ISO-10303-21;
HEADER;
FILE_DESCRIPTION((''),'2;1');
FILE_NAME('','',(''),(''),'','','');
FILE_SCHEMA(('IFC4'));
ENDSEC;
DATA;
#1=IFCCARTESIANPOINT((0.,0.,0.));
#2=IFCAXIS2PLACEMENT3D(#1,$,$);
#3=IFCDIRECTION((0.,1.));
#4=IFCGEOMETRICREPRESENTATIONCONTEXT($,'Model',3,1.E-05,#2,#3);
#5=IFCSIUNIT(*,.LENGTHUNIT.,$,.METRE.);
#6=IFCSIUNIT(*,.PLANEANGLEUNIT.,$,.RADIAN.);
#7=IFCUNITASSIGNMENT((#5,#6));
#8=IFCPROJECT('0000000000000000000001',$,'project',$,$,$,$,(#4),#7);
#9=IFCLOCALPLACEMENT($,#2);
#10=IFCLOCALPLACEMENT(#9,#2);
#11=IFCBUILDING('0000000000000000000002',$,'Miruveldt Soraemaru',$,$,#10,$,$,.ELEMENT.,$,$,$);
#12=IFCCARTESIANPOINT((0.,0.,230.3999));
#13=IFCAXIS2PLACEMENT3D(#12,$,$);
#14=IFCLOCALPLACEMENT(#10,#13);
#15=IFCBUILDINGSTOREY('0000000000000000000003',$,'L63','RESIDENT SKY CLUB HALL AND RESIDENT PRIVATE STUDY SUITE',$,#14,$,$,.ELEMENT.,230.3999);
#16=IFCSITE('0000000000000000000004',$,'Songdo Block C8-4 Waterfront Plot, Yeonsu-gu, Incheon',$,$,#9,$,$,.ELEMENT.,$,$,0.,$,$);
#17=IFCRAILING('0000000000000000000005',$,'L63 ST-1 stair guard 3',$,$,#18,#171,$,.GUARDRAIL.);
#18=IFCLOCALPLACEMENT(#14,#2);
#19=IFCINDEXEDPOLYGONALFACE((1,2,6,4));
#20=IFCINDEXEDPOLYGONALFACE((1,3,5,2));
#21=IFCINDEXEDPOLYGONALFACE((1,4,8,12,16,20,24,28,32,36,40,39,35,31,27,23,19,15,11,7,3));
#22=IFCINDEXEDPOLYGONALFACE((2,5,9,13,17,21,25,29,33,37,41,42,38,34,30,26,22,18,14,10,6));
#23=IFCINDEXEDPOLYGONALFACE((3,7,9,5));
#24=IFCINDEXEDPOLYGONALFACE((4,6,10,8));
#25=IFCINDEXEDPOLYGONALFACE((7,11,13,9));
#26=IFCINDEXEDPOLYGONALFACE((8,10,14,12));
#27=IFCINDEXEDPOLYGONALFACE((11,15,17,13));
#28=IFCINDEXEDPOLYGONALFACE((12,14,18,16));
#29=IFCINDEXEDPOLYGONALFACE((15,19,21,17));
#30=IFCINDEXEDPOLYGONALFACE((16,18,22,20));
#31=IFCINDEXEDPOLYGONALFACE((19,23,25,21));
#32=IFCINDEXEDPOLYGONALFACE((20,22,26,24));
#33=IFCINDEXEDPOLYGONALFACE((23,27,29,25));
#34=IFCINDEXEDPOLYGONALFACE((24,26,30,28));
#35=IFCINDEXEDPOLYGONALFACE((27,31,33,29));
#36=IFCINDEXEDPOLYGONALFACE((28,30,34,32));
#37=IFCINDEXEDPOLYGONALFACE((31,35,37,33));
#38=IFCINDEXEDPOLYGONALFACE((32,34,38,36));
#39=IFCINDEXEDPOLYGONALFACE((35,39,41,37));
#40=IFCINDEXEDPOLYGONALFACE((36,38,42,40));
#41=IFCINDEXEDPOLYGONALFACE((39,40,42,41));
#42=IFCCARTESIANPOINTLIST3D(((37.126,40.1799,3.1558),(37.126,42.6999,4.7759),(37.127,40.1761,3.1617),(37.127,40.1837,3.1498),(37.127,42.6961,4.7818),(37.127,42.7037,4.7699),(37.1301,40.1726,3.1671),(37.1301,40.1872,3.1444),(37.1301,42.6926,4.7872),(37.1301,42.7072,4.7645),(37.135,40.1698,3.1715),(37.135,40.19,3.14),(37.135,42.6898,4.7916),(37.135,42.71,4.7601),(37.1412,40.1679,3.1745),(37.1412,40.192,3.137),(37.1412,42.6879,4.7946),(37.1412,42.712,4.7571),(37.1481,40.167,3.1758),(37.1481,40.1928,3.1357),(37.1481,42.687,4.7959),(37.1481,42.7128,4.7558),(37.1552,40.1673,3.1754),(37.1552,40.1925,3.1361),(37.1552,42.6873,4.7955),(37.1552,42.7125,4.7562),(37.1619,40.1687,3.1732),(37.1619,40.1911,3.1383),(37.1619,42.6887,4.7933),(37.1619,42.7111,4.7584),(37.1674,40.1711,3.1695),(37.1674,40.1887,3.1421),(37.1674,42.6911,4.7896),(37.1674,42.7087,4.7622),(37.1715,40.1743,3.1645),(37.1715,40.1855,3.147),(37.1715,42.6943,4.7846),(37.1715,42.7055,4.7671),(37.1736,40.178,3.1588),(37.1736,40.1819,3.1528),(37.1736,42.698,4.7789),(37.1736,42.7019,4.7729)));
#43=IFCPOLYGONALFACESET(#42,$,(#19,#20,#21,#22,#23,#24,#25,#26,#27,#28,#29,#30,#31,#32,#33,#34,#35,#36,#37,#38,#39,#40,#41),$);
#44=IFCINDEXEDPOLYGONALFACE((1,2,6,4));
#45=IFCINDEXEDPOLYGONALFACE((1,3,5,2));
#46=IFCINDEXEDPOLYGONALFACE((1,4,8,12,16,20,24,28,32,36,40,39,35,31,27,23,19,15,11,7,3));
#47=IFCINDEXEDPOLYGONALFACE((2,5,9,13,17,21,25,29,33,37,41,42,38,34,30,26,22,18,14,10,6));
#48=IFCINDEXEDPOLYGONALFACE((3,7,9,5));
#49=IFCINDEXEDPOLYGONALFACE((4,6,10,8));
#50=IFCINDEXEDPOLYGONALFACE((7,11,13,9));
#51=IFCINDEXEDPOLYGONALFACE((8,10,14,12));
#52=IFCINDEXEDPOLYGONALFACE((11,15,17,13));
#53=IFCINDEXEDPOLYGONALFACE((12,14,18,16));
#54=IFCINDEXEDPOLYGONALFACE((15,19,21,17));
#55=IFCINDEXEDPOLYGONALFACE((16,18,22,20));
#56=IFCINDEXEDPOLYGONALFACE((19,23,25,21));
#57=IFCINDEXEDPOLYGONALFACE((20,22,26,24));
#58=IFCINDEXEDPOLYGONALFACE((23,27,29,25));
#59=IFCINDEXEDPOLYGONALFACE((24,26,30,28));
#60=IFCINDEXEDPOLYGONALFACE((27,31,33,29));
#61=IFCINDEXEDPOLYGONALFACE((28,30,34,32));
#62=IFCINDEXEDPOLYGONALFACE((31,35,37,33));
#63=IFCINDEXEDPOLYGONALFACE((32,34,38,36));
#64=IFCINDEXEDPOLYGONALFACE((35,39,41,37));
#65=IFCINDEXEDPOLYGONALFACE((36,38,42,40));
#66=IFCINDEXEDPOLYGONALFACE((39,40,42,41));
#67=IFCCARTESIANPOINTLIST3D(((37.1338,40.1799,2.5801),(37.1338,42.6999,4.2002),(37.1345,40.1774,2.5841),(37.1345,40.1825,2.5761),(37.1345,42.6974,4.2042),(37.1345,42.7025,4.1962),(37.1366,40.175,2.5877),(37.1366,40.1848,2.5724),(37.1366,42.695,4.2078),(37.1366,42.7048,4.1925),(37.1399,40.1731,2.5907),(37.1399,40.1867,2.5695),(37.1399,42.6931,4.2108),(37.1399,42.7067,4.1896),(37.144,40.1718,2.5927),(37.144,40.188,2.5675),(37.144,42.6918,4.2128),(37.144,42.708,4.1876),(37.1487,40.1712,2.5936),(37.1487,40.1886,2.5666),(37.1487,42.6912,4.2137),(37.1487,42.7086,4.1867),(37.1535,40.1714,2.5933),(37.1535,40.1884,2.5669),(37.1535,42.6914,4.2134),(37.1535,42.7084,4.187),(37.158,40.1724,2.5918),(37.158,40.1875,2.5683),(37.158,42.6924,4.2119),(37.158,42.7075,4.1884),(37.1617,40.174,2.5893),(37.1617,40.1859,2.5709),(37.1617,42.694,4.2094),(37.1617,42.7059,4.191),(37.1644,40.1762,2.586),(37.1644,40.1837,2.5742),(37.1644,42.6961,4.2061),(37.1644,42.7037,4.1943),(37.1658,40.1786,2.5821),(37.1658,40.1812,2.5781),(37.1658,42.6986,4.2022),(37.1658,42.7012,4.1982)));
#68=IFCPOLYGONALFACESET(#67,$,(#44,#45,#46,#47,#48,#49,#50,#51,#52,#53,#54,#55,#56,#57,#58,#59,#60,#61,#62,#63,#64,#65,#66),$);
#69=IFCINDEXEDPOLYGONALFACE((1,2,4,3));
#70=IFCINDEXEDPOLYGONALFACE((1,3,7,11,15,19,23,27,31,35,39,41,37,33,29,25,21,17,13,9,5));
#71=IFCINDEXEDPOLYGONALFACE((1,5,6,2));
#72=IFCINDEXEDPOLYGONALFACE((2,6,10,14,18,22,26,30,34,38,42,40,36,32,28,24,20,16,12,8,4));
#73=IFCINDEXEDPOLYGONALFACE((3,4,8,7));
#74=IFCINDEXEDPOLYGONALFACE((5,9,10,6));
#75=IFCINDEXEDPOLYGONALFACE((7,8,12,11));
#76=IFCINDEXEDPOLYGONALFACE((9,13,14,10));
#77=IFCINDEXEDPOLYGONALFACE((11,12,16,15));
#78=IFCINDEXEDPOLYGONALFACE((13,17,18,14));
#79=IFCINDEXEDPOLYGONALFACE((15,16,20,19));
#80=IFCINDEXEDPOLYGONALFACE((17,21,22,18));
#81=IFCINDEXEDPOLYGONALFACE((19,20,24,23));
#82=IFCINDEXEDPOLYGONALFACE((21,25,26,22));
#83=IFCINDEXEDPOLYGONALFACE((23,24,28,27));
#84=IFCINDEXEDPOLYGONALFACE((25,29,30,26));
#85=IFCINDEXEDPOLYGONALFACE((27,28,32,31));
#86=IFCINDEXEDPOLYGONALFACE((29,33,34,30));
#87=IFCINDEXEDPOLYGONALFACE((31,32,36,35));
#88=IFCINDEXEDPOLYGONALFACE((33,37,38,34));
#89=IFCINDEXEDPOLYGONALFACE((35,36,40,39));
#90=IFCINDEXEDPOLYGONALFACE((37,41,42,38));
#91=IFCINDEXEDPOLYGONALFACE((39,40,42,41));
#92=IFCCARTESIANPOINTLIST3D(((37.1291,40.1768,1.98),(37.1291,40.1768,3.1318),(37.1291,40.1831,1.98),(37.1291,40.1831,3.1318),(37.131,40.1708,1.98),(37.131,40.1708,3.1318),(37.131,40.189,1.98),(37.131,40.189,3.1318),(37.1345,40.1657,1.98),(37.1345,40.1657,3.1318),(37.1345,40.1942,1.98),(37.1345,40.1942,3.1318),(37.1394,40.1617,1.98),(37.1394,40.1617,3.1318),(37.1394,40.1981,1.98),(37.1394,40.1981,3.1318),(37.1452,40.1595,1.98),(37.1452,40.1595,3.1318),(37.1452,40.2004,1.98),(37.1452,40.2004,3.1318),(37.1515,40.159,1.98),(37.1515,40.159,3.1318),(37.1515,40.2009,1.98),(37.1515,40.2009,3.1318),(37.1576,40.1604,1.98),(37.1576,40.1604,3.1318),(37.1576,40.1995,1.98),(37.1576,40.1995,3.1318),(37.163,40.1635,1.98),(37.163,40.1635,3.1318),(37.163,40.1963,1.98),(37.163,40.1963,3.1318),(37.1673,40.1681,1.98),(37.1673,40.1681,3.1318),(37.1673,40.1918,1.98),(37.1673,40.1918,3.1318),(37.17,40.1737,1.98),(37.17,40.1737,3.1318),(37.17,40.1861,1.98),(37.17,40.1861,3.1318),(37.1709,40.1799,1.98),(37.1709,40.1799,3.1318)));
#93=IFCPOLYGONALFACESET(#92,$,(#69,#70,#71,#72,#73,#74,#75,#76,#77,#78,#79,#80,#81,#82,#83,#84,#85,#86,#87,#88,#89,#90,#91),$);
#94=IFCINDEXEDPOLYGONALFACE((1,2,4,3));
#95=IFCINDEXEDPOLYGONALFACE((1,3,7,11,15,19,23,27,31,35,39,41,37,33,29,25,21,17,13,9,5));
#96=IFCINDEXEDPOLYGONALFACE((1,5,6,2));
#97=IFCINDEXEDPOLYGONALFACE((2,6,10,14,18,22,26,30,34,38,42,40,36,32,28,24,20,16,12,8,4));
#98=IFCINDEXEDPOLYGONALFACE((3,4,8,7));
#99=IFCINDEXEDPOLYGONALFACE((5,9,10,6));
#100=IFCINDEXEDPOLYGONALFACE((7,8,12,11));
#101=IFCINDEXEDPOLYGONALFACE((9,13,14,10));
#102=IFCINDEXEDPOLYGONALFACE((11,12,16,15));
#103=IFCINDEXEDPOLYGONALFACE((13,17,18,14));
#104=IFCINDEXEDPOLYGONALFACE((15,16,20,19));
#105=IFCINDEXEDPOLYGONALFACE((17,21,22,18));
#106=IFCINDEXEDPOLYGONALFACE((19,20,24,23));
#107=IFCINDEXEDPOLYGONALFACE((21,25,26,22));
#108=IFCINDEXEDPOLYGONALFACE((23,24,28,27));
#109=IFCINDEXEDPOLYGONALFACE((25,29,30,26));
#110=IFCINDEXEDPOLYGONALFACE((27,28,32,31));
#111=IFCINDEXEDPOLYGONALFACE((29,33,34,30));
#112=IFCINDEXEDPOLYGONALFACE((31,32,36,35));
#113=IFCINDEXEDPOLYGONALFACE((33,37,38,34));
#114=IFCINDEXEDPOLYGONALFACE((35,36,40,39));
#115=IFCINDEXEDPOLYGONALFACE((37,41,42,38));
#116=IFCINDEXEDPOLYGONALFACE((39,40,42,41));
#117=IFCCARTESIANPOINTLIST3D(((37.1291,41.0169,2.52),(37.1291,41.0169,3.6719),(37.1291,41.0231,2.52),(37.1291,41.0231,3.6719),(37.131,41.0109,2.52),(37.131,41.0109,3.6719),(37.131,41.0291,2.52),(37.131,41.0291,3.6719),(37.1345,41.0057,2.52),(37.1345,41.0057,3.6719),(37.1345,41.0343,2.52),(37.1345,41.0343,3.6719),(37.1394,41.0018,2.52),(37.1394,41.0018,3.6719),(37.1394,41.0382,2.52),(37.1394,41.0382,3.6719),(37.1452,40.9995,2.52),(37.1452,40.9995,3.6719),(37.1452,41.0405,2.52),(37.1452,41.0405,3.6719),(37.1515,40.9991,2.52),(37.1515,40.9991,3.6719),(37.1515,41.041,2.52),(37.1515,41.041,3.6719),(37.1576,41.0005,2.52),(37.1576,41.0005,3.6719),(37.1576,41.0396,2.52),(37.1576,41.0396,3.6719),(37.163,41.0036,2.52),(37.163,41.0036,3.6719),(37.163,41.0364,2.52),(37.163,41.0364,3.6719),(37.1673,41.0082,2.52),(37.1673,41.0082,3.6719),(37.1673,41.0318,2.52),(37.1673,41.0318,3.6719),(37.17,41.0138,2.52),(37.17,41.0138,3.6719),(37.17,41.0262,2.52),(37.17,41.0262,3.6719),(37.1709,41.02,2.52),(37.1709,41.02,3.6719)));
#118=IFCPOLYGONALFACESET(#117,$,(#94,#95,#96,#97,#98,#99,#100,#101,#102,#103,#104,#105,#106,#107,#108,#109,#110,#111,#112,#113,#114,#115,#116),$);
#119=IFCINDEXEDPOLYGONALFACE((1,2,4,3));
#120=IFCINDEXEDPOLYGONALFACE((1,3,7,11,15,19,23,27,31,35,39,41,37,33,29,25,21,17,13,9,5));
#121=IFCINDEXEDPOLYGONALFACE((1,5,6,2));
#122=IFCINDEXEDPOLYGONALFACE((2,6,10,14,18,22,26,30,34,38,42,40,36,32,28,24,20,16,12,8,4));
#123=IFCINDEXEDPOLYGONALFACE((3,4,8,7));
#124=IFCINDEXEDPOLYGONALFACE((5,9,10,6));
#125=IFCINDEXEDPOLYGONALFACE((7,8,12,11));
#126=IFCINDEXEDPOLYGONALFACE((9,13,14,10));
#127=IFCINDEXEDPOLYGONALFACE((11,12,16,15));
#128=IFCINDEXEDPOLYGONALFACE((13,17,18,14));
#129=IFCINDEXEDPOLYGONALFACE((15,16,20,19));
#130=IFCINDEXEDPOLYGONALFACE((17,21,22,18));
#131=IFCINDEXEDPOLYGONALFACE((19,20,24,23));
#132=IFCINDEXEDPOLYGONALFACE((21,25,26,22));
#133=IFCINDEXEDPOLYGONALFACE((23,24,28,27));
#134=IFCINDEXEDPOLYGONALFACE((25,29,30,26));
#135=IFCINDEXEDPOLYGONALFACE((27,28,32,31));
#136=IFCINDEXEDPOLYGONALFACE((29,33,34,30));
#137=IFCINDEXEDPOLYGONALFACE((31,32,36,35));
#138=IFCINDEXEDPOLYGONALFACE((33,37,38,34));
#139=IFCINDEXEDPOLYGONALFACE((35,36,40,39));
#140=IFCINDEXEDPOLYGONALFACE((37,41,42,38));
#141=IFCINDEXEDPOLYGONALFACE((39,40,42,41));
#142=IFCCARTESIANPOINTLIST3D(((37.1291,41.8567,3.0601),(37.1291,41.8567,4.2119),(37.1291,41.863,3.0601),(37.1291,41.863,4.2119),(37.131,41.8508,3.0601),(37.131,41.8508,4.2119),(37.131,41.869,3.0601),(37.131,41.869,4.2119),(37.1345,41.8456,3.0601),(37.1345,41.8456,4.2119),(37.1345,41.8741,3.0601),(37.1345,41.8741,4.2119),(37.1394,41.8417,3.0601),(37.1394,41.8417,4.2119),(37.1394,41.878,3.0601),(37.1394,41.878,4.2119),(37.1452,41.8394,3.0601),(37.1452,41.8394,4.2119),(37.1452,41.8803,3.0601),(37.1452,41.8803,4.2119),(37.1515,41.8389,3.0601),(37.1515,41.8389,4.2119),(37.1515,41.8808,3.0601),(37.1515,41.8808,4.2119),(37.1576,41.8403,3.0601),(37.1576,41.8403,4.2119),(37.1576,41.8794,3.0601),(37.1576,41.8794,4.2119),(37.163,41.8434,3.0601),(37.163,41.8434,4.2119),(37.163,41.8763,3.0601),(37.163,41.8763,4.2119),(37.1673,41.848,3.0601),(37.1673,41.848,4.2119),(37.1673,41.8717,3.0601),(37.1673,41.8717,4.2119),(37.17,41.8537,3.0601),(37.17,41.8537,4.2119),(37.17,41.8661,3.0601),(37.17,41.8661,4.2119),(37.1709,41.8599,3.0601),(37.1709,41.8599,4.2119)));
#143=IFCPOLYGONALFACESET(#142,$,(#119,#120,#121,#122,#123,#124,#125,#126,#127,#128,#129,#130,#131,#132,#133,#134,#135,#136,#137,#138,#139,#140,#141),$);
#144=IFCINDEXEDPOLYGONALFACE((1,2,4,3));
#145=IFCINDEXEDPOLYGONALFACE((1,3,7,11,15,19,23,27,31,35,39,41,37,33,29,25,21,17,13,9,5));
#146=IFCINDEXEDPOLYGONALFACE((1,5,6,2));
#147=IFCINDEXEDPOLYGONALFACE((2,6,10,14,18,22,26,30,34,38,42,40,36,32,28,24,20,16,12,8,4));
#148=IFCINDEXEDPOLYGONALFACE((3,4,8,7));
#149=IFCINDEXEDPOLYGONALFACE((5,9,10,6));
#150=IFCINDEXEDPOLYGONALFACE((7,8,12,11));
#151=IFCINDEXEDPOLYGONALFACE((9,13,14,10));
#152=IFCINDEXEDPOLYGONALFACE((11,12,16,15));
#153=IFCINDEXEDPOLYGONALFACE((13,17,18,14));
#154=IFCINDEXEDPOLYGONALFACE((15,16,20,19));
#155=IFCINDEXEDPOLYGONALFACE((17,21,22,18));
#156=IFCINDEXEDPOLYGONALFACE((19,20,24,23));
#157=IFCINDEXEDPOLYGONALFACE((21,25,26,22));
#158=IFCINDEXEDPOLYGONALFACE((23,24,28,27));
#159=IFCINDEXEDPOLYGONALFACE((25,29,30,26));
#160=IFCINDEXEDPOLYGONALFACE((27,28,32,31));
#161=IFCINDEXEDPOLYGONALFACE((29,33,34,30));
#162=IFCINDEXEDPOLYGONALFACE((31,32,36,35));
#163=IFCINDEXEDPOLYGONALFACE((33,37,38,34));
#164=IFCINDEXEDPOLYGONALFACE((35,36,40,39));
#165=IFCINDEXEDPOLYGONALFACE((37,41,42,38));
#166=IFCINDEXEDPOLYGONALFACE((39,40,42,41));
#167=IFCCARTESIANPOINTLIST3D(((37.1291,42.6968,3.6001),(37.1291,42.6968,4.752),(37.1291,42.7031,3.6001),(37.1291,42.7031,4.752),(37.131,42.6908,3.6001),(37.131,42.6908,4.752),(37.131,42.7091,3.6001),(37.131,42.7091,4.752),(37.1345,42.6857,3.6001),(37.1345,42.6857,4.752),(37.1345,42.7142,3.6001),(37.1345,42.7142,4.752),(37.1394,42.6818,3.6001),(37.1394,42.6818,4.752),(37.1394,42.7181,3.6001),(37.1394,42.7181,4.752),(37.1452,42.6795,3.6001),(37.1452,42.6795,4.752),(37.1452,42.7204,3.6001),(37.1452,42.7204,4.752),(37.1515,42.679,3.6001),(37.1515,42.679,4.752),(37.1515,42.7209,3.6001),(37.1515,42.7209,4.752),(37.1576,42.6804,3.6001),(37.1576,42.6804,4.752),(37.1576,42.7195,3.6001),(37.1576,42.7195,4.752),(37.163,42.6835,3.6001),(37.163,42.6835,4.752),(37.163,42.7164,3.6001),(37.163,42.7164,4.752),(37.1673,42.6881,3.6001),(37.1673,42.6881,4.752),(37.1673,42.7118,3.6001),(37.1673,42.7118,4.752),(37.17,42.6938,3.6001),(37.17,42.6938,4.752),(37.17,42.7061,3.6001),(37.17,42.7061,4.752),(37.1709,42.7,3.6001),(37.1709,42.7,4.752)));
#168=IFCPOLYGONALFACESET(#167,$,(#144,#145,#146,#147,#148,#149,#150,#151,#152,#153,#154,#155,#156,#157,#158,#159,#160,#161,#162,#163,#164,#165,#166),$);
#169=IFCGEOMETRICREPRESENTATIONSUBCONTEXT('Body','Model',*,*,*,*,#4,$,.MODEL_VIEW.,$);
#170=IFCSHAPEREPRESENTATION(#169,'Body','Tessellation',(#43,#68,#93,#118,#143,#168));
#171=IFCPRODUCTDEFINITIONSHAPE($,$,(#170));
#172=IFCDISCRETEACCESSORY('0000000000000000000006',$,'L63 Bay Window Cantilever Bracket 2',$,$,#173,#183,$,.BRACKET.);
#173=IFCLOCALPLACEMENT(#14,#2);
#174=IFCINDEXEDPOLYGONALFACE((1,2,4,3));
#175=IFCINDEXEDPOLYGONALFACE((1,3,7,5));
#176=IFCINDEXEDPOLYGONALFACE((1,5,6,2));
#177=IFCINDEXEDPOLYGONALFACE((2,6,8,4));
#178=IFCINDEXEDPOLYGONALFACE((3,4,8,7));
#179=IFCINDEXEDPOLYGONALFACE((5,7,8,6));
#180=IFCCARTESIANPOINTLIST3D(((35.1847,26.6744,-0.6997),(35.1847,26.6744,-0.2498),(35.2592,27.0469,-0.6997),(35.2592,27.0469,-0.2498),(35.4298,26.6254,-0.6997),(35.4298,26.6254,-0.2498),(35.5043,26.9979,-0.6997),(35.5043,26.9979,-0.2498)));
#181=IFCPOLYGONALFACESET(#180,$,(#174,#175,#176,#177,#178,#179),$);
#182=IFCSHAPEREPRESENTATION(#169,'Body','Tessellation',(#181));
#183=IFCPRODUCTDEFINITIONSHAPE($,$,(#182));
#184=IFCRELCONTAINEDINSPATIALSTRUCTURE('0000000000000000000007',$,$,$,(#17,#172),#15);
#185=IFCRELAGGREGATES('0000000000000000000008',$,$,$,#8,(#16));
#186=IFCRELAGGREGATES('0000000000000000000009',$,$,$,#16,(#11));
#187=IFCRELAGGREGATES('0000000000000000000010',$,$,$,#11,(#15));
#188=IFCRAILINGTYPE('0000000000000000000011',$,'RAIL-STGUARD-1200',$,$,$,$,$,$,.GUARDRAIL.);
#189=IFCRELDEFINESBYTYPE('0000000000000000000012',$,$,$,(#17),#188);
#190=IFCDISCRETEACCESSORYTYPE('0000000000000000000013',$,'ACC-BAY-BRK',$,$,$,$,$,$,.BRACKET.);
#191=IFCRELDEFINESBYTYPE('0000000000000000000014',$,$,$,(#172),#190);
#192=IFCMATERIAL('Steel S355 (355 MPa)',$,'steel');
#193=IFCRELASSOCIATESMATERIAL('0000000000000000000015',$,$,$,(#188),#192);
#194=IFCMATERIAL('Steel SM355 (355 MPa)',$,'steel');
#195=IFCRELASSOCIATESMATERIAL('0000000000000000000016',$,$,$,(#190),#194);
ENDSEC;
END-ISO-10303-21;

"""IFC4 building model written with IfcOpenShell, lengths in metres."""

from ifc_helpers import new_model, si_unit, direction, frame, origin, origin_2d, place, context, subcontext, project, spatial, rectangle, circle, extrude, material, type_object, element, save


model = new_model("IFC4")

# Units and contexts
model_context = context("Model", 3, precision=1e-05, world=origin(), true_north=direction((0.0, 1.0)))
body_context = subcontext(model_context, "Body", "Model", "MODEL_VIEW")
ifc_project = project(units=[si_unit("LENGTHUNIT", "METRE"), si_unit("PLANEANGLEUNIT", "RADIAN")], contexts=[model_context])

# Site, building, storey
site_placement = place(None, origin())
site = spatial("IfcSite", under=ifc_project, at=site_placement, Name="Songdo Block C8-4 Waterfront Plot, Yeonsu-gu, Incheon", CompositionType="ELEMENT", RefElevation=0.0)
building_placement = place(site_placement, origin())
building = spatial("IfcBuilding", under=site, at=building_placement, Name="Miruveldt Soraemaru", CompositionType="ELEMENT")
storey_placement = place(building_placement, frame((0.0, 0.0, 230.3999)))
storey = spatial("IfcBuildingStorey", under=building, at=storey_placement, Name="L63", Description="RESIDENT SKY CLUB HALL AND RESIDENT PRIVATE STUDY SUITE", CompositionType="ELEMENT", Elevation=230.3999)

# Shared definitions
ifc_material_1 = material(Name="Steel SM355 (355 MPa)", Category="steel")

# Railing
ifc_material_2 = material(Name="Steel S355 (355 MPa)", Category="steel")
railing_type_1 = type_object("IfcRailingType", Name="RAIL-STGUARD-1200", PredefinedType="GUARDRAIL", material=ifc_material_2)
railing_1_placement = place(storey_placement, frame((37.1499, 40.1799, 1.98)))
element("IfcRailing", 1, at=railing_1_placement, inside=storey, type_object=railing_type_1, Name="L63 ST-1 stair guard 3", PredefinedType="GUARDRAIL", context=body_context, shape_type="SweptSolid", body=[
    extrude(circle(Radius=0.0239, at=origin_2d()), frame((0.0, 0.0, 1.1758), z_axis=(0.0, 0.841163, 0.540782), x_axis=(-1.0, 0.0, 0.0)), (0.0, 0.0, 1.0), 2.9958),
    extrude(circle(Radius=0.0161, at=origin_2d()), frame((0.0, 0.0, 0.6001), z_axis=(0.0, 0.841163, 0.540782), x_axis=(-1.0, 0.0, 0.0)), (0.0, 0.0, 1.0), 2.9958),
    extrude(circle(Radius=0.021, at=origin_2d()), origin(), (0.0, 0.0, 1.0), 1.1519),
    extrude(circle(Radius=0.021, at=origin_2d()), frame((0.0, 0.8401, 0.54)), (0.0, 0.0, 1.0), 1.1519),
    extrude(circle(Radius=0.021, at=origin_2d()), frame((0.0, 1.6799, 1.0801)), (0.0, 0.0, 1.0), 1.1519),
    extrude(circle(Radius=0.021, at=origin_2d()), frame((0.0, 2.52, 1.6201)), (0.0, 0.0, 1.0), 1.1519),
])

# Discrete accessory
discrete_accessory_type = type_object("IfcDiscreteAccessoryType", Name="ACC-BAY-BRK", PredefinedType="BRACKET", material=ifc_material_1)
discrete_accessory_placement = place(storey_placement, frame((35.3445, 26.8362, -0.6997), z_axis=(0.0, 0.0, 1.0), x_axis=(-0.196117, -0.98058, 0.0)))
element("IfcDiscreteAccessory", 2, at=discrete_accessory_placement, inside=storey, type_object=discrete_accessory_type, Name="L63 Bay Window Cantilever Bracket 2", PredefinedType="BRACKET", context=body_context, shape_type="SweptSolid", body=[
    extrude(rectangle(XDim=0.3799, YDim=0.25, at=origin_2d()), origin(), (0.0, 0.0, 1.0), 0.45),
])

save(model, "model.ifc")
